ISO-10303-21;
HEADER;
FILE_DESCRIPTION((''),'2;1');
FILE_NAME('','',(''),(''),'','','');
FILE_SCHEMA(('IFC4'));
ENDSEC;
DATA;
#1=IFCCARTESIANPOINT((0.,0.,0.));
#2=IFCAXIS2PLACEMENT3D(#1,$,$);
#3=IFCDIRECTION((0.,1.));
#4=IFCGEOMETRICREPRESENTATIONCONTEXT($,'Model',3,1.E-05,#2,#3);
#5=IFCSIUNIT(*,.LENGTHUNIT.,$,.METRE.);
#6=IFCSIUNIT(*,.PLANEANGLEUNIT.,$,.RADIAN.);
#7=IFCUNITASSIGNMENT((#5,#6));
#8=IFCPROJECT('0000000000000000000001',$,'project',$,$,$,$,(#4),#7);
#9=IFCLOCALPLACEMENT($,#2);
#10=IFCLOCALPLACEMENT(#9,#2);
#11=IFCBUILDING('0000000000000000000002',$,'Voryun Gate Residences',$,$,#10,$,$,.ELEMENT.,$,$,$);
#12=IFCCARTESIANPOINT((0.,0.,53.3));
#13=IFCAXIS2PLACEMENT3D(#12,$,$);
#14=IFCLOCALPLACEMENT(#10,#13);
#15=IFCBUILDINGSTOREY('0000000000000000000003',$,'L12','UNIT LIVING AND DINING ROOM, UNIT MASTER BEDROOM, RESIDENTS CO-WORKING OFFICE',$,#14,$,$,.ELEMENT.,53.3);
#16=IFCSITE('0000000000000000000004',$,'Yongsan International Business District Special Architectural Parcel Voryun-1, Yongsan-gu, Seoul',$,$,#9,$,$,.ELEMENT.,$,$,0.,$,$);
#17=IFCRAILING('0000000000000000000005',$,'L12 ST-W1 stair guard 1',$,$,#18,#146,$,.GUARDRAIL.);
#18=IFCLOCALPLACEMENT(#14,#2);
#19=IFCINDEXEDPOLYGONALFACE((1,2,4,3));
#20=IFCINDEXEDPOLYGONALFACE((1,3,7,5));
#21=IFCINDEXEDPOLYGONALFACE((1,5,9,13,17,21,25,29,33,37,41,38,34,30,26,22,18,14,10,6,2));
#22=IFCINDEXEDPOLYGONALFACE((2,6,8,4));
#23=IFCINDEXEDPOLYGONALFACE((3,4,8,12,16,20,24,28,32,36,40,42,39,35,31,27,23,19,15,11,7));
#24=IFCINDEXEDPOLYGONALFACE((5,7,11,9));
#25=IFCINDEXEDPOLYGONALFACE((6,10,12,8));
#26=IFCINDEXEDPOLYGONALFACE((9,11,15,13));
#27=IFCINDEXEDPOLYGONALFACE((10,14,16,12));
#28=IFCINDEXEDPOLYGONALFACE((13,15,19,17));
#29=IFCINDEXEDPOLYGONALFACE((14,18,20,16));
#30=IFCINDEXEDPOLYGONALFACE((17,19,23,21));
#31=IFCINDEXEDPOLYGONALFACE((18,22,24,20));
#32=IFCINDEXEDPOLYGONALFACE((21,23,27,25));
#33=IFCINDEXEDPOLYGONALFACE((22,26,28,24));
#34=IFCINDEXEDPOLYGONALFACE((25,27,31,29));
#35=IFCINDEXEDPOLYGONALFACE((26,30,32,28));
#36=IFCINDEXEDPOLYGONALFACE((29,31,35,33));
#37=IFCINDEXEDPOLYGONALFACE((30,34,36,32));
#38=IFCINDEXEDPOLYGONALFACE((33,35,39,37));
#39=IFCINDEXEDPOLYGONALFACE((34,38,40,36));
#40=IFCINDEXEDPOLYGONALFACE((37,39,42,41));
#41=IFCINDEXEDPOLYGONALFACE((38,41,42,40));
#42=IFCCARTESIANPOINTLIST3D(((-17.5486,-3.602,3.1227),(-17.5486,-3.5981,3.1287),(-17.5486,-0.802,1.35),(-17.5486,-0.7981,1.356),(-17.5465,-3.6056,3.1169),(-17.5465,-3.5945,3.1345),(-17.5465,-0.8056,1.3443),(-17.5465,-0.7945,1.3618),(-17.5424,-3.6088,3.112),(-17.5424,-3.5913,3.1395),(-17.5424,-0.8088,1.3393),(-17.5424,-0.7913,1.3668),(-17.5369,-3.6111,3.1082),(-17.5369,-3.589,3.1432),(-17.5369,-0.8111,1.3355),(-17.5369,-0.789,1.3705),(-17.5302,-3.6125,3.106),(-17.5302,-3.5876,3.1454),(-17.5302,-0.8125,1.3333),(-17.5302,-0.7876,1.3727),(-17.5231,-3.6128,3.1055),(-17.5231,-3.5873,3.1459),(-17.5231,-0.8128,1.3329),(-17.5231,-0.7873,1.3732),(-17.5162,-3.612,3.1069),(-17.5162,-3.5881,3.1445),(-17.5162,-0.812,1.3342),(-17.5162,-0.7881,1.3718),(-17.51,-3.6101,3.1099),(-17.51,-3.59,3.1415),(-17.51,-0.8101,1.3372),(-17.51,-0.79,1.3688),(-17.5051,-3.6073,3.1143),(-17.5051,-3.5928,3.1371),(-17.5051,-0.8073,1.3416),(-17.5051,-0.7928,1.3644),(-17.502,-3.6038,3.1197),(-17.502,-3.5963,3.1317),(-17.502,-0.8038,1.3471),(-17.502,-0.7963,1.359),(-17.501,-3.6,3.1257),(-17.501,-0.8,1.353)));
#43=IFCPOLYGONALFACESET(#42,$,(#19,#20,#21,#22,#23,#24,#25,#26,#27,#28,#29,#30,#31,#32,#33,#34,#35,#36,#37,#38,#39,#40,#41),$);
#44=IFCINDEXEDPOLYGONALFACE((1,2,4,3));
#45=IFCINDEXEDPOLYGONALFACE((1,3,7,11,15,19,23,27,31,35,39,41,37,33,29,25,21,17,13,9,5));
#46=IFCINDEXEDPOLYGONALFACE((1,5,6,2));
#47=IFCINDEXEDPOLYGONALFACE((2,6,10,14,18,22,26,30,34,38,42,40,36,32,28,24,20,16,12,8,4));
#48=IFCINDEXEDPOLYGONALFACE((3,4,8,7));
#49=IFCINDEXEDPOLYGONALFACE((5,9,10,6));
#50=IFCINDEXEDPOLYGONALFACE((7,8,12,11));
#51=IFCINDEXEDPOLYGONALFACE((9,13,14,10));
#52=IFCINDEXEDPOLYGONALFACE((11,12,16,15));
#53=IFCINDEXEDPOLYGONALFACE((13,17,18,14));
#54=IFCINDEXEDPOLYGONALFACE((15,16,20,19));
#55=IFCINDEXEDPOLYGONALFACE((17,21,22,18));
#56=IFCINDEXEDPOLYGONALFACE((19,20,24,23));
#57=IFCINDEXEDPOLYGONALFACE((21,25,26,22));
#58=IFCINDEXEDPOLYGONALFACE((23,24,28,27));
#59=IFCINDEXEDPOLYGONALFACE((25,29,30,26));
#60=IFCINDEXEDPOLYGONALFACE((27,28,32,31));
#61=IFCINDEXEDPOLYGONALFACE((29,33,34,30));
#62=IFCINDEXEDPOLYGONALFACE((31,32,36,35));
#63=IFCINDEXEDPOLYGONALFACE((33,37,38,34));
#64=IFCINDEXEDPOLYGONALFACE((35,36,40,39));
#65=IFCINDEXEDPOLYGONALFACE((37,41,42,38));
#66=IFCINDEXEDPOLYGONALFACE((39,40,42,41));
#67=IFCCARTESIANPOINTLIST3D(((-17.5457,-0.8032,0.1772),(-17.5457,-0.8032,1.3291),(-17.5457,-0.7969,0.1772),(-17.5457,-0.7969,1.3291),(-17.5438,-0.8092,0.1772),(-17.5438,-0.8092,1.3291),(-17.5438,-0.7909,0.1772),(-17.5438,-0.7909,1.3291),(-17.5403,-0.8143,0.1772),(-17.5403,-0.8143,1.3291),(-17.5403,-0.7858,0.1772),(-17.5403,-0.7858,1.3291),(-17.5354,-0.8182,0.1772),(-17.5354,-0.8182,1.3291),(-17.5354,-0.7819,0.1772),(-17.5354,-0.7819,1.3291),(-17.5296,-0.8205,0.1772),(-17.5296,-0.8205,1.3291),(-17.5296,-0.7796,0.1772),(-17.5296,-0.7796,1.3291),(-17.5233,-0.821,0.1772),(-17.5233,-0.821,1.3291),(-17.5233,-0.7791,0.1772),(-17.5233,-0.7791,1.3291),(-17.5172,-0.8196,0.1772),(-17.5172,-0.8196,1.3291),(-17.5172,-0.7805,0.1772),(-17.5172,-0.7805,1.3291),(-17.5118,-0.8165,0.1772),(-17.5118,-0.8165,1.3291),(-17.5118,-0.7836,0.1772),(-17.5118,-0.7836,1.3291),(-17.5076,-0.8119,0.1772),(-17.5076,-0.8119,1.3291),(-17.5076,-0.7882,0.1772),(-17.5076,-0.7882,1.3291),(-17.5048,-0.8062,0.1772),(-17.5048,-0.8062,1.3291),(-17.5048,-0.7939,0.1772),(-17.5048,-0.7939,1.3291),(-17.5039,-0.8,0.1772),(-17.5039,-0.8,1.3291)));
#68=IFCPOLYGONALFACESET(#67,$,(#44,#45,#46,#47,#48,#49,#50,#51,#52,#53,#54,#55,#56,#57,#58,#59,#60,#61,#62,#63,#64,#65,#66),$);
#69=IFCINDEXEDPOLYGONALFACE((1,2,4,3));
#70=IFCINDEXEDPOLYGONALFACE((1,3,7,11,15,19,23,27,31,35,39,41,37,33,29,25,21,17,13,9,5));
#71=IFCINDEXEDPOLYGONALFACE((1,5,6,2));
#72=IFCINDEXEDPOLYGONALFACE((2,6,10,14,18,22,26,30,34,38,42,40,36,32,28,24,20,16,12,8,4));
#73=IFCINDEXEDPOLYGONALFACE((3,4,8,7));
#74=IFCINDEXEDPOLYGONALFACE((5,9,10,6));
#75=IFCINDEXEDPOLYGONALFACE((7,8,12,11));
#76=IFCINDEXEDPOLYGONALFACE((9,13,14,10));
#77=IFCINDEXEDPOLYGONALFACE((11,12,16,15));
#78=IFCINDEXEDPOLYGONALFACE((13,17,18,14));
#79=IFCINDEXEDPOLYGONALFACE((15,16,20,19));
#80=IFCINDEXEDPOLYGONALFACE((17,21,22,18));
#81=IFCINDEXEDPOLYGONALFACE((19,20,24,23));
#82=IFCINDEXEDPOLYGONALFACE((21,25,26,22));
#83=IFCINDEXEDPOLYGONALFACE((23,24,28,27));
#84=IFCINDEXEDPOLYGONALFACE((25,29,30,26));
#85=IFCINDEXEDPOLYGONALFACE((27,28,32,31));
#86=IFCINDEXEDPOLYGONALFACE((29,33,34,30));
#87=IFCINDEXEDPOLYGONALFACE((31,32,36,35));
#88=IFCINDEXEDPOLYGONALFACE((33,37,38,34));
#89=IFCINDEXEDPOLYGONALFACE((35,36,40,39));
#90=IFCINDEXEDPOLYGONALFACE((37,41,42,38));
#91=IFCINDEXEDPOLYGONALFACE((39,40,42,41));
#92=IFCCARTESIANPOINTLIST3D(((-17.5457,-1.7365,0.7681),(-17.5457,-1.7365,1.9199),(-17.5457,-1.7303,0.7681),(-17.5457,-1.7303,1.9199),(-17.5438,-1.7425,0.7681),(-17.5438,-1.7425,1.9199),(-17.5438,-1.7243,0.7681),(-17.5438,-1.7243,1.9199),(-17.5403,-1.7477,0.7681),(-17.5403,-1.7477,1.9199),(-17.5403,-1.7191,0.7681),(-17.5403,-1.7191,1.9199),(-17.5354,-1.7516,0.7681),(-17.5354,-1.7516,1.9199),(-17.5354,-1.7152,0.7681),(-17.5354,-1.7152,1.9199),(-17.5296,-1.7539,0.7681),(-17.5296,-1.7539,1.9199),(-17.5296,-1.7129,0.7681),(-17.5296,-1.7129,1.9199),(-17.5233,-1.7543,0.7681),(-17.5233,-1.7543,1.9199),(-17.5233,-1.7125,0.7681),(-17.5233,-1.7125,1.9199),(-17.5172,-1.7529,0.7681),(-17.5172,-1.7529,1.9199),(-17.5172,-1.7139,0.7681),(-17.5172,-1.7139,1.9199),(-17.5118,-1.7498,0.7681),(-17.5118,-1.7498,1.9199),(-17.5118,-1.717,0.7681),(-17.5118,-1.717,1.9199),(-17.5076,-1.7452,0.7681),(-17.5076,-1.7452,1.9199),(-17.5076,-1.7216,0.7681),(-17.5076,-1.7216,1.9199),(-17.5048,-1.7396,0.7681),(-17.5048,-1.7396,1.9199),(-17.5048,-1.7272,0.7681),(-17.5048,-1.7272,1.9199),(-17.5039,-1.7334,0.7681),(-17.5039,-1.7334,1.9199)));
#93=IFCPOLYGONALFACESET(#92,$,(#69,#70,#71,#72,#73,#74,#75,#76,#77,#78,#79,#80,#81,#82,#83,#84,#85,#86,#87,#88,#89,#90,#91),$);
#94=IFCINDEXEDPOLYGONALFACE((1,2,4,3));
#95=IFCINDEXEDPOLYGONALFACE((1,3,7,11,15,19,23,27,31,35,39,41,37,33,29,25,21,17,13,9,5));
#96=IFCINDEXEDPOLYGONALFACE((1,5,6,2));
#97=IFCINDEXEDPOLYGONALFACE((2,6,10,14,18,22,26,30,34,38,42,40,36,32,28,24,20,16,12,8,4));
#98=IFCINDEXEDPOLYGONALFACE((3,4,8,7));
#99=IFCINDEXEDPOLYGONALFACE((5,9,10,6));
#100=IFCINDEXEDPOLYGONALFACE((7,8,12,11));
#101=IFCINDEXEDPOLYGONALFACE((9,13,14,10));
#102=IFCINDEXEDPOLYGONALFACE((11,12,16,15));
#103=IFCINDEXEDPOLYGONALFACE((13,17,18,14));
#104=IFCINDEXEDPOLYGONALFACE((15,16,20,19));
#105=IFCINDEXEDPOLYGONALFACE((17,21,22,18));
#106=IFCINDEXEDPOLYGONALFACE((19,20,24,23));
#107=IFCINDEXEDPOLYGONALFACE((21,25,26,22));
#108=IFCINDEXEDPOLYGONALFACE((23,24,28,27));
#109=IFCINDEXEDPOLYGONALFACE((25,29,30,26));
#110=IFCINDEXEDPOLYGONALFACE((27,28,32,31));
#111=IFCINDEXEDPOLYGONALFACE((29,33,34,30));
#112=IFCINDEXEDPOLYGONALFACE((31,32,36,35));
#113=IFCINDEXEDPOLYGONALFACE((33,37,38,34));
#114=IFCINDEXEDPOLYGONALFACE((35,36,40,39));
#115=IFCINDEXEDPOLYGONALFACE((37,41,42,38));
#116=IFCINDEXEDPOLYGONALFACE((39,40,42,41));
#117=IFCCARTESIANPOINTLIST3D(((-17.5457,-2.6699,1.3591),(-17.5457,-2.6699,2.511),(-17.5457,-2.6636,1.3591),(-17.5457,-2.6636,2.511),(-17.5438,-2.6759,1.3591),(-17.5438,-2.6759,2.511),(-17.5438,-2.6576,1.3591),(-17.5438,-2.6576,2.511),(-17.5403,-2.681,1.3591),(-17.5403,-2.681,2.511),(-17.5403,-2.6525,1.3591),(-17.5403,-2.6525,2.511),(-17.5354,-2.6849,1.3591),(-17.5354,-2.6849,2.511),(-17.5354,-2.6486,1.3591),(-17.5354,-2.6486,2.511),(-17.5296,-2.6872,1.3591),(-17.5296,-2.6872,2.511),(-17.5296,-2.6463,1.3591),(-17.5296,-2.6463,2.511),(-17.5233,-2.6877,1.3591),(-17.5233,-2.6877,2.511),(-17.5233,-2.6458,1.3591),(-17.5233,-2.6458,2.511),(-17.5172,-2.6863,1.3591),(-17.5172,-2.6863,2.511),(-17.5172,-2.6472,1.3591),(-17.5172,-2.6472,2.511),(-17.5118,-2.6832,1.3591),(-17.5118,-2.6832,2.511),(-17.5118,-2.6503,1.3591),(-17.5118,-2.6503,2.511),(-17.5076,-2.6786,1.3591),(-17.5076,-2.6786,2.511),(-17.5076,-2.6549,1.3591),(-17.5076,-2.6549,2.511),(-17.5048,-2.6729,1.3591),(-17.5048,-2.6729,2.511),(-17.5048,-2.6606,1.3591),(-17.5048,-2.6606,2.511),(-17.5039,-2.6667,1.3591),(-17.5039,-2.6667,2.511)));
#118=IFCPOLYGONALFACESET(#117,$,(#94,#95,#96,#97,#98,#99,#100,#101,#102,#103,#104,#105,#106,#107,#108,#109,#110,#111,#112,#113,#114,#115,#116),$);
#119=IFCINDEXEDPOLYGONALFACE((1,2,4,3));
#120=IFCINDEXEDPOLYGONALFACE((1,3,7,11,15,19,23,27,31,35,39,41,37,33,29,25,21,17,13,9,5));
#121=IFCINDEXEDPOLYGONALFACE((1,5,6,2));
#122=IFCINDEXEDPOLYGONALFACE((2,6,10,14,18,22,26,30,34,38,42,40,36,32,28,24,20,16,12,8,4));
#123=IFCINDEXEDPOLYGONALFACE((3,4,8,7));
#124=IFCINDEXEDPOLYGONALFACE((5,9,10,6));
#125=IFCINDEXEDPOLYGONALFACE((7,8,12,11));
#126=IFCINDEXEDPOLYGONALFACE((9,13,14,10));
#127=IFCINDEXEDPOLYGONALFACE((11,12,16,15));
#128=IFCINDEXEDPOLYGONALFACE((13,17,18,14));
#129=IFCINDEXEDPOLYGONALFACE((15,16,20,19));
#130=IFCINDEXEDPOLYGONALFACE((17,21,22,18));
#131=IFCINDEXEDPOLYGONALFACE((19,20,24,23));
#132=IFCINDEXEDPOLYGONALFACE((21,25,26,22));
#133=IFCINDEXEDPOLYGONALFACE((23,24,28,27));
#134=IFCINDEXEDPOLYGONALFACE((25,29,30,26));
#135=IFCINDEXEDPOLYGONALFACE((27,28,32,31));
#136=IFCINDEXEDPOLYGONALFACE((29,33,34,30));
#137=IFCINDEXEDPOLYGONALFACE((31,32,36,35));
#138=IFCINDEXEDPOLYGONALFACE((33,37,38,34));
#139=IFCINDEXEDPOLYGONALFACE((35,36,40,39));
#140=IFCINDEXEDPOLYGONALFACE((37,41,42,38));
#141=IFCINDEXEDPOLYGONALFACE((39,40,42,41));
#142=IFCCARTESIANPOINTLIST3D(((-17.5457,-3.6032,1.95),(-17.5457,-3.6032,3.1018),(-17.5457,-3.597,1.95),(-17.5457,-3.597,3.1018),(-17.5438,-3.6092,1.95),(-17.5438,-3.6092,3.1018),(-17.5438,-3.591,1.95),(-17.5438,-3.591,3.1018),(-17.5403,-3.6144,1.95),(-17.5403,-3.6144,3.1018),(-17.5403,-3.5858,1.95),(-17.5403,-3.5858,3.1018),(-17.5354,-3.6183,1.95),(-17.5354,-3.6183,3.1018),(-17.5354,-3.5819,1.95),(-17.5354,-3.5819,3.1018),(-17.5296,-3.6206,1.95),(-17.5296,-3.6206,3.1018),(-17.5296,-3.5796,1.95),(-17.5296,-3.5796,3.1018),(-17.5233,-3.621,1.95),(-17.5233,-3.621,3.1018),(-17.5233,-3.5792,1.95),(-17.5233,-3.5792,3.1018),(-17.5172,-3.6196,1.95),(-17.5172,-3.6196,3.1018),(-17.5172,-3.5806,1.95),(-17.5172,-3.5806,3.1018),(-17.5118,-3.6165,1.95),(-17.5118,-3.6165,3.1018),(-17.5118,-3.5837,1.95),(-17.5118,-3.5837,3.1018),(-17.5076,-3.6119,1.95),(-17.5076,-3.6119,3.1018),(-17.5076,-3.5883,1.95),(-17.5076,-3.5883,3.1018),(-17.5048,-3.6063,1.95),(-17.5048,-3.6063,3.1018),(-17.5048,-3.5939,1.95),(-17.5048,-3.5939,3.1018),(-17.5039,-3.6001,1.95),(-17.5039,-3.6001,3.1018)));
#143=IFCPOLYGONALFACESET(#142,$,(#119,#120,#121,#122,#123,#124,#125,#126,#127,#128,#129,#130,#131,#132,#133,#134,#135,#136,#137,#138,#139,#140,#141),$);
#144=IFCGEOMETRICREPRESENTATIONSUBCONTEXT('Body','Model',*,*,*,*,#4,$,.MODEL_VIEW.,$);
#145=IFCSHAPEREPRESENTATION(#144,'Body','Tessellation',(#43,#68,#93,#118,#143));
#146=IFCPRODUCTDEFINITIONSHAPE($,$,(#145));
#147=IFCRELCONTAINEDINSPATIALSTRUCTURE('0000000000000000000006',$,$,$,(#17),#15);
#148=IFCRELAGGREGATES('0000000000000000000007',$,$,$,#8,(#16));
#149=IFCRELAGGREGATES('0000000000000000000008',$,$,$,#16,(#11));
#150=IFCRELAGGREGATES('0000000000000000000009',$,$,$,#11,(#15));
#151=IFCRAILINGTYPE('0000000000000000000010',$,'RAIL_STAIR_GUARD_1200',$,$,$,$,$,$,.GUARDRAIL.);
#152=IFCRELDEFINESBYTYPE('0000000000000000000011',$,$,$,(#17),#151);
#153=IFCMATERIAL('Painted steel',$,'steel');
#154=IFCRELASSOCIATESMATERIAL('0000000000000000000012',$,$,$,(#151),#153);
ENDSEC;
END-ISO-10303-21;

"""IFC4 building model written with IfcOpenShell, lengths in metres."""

from ifc_helpers import new_model, si_unit, direction, frame, origin, origin_2d, place, context, subcontext, project, spatial, circle, extrude, material, type_object, element, save


model = new_model("IFC4")

# Units and contexts
model_context = context("Model", 3, precision=1e-05, world=origin(), true_north=direction((0.0, 1.0)))
body_context = subcontext(model_context, "Body", "Model", "MODEL_VIEW")
ifc_project = project(units=[si_unit("LENGTHUNIT", "METRE"), si_unit("PLANEANGLEUNIT", "RADIAN")], contexts=[model_context])

# Site, building, storey
site_placement = place(None, origin())
site = spatial("IfcSite", under=ifc_project, at=site_placement, Name="Yongsan International Business District Special Architectural Parcel Voryun-1, Yongsan-gu, Seoul", CompositionType="ELEMENT", RefElevation=0.0)
building_placement = place(site_placement, origin())
building = spatial("IfcBuilding", under=site, at=building_placement, Name="Voryun Gate Residences", CompositionType="ELEMENT")
storey_placement = place(building_placement, frame((0.0, 0.0, 53.3)))
storey = spatial("IfcBuildingStorey", under=building, at=storey_placement, Name="L12", Description="UNIT LIVING AND DINING ROOM, UNIT MASTER BEDROOM, RESIDENTS CO-WORKING OFFICE", CompositionType="ELEMENT", Elevation=53.3)

# Railing
ifc_material_1 = material(Name="Painted steel", Category="steel")
railing_type = type_object("IfcRailingType", Name="RAIL_STAIR_GUARD_1200", PredefinedType="GUARDRAIL", material=ifc_material_1)
railing_1_placement = place(storey_placement, frame((-17.5249, -0.8, 0.1772)))
element("IfcRailing", 1, at=railing_1_placement, inside=storey, type_object=railing_type, Name="L12 ST-W1 stair guard 1", PredefinedType="GUARDRAIL", context=body_context, shape_type="SweptSolid", body=[
    extrude(circle(Radius=0.0239, at=origin_2d()), frame((0.0, 0.0, 1.1758), z_axis=(0.0, -0.844909, 0.53491), x_axis=(1.0, 0.0, 0.0)), (0.0, 0.0, 1.0), 3.314),
    extrude(circle(Radius=0.021, at=origin_2d()), origin(), (0.0, 0.0, 1.0), 1.1519),
    extrude(circle(Radius=0.021, at=origin_2d()), frame((0.0, -0.9333, 0.5908)), (0.0, 0.0, 1.0), 1.1519),
    extrude(circle(Radius=0.021, at=origin_2d()), frame((0.0, -1.8667, 1.1819)), (0.0, 0.0, 1.0), 1.1519),
    extrude(circle(Radius=0.021, at=origin_2d()), frame((0.0, -2.8, 1.7727)), (0.0, 0.0, 1.0), 1.1519),
])

save(model, "model.ifc")
